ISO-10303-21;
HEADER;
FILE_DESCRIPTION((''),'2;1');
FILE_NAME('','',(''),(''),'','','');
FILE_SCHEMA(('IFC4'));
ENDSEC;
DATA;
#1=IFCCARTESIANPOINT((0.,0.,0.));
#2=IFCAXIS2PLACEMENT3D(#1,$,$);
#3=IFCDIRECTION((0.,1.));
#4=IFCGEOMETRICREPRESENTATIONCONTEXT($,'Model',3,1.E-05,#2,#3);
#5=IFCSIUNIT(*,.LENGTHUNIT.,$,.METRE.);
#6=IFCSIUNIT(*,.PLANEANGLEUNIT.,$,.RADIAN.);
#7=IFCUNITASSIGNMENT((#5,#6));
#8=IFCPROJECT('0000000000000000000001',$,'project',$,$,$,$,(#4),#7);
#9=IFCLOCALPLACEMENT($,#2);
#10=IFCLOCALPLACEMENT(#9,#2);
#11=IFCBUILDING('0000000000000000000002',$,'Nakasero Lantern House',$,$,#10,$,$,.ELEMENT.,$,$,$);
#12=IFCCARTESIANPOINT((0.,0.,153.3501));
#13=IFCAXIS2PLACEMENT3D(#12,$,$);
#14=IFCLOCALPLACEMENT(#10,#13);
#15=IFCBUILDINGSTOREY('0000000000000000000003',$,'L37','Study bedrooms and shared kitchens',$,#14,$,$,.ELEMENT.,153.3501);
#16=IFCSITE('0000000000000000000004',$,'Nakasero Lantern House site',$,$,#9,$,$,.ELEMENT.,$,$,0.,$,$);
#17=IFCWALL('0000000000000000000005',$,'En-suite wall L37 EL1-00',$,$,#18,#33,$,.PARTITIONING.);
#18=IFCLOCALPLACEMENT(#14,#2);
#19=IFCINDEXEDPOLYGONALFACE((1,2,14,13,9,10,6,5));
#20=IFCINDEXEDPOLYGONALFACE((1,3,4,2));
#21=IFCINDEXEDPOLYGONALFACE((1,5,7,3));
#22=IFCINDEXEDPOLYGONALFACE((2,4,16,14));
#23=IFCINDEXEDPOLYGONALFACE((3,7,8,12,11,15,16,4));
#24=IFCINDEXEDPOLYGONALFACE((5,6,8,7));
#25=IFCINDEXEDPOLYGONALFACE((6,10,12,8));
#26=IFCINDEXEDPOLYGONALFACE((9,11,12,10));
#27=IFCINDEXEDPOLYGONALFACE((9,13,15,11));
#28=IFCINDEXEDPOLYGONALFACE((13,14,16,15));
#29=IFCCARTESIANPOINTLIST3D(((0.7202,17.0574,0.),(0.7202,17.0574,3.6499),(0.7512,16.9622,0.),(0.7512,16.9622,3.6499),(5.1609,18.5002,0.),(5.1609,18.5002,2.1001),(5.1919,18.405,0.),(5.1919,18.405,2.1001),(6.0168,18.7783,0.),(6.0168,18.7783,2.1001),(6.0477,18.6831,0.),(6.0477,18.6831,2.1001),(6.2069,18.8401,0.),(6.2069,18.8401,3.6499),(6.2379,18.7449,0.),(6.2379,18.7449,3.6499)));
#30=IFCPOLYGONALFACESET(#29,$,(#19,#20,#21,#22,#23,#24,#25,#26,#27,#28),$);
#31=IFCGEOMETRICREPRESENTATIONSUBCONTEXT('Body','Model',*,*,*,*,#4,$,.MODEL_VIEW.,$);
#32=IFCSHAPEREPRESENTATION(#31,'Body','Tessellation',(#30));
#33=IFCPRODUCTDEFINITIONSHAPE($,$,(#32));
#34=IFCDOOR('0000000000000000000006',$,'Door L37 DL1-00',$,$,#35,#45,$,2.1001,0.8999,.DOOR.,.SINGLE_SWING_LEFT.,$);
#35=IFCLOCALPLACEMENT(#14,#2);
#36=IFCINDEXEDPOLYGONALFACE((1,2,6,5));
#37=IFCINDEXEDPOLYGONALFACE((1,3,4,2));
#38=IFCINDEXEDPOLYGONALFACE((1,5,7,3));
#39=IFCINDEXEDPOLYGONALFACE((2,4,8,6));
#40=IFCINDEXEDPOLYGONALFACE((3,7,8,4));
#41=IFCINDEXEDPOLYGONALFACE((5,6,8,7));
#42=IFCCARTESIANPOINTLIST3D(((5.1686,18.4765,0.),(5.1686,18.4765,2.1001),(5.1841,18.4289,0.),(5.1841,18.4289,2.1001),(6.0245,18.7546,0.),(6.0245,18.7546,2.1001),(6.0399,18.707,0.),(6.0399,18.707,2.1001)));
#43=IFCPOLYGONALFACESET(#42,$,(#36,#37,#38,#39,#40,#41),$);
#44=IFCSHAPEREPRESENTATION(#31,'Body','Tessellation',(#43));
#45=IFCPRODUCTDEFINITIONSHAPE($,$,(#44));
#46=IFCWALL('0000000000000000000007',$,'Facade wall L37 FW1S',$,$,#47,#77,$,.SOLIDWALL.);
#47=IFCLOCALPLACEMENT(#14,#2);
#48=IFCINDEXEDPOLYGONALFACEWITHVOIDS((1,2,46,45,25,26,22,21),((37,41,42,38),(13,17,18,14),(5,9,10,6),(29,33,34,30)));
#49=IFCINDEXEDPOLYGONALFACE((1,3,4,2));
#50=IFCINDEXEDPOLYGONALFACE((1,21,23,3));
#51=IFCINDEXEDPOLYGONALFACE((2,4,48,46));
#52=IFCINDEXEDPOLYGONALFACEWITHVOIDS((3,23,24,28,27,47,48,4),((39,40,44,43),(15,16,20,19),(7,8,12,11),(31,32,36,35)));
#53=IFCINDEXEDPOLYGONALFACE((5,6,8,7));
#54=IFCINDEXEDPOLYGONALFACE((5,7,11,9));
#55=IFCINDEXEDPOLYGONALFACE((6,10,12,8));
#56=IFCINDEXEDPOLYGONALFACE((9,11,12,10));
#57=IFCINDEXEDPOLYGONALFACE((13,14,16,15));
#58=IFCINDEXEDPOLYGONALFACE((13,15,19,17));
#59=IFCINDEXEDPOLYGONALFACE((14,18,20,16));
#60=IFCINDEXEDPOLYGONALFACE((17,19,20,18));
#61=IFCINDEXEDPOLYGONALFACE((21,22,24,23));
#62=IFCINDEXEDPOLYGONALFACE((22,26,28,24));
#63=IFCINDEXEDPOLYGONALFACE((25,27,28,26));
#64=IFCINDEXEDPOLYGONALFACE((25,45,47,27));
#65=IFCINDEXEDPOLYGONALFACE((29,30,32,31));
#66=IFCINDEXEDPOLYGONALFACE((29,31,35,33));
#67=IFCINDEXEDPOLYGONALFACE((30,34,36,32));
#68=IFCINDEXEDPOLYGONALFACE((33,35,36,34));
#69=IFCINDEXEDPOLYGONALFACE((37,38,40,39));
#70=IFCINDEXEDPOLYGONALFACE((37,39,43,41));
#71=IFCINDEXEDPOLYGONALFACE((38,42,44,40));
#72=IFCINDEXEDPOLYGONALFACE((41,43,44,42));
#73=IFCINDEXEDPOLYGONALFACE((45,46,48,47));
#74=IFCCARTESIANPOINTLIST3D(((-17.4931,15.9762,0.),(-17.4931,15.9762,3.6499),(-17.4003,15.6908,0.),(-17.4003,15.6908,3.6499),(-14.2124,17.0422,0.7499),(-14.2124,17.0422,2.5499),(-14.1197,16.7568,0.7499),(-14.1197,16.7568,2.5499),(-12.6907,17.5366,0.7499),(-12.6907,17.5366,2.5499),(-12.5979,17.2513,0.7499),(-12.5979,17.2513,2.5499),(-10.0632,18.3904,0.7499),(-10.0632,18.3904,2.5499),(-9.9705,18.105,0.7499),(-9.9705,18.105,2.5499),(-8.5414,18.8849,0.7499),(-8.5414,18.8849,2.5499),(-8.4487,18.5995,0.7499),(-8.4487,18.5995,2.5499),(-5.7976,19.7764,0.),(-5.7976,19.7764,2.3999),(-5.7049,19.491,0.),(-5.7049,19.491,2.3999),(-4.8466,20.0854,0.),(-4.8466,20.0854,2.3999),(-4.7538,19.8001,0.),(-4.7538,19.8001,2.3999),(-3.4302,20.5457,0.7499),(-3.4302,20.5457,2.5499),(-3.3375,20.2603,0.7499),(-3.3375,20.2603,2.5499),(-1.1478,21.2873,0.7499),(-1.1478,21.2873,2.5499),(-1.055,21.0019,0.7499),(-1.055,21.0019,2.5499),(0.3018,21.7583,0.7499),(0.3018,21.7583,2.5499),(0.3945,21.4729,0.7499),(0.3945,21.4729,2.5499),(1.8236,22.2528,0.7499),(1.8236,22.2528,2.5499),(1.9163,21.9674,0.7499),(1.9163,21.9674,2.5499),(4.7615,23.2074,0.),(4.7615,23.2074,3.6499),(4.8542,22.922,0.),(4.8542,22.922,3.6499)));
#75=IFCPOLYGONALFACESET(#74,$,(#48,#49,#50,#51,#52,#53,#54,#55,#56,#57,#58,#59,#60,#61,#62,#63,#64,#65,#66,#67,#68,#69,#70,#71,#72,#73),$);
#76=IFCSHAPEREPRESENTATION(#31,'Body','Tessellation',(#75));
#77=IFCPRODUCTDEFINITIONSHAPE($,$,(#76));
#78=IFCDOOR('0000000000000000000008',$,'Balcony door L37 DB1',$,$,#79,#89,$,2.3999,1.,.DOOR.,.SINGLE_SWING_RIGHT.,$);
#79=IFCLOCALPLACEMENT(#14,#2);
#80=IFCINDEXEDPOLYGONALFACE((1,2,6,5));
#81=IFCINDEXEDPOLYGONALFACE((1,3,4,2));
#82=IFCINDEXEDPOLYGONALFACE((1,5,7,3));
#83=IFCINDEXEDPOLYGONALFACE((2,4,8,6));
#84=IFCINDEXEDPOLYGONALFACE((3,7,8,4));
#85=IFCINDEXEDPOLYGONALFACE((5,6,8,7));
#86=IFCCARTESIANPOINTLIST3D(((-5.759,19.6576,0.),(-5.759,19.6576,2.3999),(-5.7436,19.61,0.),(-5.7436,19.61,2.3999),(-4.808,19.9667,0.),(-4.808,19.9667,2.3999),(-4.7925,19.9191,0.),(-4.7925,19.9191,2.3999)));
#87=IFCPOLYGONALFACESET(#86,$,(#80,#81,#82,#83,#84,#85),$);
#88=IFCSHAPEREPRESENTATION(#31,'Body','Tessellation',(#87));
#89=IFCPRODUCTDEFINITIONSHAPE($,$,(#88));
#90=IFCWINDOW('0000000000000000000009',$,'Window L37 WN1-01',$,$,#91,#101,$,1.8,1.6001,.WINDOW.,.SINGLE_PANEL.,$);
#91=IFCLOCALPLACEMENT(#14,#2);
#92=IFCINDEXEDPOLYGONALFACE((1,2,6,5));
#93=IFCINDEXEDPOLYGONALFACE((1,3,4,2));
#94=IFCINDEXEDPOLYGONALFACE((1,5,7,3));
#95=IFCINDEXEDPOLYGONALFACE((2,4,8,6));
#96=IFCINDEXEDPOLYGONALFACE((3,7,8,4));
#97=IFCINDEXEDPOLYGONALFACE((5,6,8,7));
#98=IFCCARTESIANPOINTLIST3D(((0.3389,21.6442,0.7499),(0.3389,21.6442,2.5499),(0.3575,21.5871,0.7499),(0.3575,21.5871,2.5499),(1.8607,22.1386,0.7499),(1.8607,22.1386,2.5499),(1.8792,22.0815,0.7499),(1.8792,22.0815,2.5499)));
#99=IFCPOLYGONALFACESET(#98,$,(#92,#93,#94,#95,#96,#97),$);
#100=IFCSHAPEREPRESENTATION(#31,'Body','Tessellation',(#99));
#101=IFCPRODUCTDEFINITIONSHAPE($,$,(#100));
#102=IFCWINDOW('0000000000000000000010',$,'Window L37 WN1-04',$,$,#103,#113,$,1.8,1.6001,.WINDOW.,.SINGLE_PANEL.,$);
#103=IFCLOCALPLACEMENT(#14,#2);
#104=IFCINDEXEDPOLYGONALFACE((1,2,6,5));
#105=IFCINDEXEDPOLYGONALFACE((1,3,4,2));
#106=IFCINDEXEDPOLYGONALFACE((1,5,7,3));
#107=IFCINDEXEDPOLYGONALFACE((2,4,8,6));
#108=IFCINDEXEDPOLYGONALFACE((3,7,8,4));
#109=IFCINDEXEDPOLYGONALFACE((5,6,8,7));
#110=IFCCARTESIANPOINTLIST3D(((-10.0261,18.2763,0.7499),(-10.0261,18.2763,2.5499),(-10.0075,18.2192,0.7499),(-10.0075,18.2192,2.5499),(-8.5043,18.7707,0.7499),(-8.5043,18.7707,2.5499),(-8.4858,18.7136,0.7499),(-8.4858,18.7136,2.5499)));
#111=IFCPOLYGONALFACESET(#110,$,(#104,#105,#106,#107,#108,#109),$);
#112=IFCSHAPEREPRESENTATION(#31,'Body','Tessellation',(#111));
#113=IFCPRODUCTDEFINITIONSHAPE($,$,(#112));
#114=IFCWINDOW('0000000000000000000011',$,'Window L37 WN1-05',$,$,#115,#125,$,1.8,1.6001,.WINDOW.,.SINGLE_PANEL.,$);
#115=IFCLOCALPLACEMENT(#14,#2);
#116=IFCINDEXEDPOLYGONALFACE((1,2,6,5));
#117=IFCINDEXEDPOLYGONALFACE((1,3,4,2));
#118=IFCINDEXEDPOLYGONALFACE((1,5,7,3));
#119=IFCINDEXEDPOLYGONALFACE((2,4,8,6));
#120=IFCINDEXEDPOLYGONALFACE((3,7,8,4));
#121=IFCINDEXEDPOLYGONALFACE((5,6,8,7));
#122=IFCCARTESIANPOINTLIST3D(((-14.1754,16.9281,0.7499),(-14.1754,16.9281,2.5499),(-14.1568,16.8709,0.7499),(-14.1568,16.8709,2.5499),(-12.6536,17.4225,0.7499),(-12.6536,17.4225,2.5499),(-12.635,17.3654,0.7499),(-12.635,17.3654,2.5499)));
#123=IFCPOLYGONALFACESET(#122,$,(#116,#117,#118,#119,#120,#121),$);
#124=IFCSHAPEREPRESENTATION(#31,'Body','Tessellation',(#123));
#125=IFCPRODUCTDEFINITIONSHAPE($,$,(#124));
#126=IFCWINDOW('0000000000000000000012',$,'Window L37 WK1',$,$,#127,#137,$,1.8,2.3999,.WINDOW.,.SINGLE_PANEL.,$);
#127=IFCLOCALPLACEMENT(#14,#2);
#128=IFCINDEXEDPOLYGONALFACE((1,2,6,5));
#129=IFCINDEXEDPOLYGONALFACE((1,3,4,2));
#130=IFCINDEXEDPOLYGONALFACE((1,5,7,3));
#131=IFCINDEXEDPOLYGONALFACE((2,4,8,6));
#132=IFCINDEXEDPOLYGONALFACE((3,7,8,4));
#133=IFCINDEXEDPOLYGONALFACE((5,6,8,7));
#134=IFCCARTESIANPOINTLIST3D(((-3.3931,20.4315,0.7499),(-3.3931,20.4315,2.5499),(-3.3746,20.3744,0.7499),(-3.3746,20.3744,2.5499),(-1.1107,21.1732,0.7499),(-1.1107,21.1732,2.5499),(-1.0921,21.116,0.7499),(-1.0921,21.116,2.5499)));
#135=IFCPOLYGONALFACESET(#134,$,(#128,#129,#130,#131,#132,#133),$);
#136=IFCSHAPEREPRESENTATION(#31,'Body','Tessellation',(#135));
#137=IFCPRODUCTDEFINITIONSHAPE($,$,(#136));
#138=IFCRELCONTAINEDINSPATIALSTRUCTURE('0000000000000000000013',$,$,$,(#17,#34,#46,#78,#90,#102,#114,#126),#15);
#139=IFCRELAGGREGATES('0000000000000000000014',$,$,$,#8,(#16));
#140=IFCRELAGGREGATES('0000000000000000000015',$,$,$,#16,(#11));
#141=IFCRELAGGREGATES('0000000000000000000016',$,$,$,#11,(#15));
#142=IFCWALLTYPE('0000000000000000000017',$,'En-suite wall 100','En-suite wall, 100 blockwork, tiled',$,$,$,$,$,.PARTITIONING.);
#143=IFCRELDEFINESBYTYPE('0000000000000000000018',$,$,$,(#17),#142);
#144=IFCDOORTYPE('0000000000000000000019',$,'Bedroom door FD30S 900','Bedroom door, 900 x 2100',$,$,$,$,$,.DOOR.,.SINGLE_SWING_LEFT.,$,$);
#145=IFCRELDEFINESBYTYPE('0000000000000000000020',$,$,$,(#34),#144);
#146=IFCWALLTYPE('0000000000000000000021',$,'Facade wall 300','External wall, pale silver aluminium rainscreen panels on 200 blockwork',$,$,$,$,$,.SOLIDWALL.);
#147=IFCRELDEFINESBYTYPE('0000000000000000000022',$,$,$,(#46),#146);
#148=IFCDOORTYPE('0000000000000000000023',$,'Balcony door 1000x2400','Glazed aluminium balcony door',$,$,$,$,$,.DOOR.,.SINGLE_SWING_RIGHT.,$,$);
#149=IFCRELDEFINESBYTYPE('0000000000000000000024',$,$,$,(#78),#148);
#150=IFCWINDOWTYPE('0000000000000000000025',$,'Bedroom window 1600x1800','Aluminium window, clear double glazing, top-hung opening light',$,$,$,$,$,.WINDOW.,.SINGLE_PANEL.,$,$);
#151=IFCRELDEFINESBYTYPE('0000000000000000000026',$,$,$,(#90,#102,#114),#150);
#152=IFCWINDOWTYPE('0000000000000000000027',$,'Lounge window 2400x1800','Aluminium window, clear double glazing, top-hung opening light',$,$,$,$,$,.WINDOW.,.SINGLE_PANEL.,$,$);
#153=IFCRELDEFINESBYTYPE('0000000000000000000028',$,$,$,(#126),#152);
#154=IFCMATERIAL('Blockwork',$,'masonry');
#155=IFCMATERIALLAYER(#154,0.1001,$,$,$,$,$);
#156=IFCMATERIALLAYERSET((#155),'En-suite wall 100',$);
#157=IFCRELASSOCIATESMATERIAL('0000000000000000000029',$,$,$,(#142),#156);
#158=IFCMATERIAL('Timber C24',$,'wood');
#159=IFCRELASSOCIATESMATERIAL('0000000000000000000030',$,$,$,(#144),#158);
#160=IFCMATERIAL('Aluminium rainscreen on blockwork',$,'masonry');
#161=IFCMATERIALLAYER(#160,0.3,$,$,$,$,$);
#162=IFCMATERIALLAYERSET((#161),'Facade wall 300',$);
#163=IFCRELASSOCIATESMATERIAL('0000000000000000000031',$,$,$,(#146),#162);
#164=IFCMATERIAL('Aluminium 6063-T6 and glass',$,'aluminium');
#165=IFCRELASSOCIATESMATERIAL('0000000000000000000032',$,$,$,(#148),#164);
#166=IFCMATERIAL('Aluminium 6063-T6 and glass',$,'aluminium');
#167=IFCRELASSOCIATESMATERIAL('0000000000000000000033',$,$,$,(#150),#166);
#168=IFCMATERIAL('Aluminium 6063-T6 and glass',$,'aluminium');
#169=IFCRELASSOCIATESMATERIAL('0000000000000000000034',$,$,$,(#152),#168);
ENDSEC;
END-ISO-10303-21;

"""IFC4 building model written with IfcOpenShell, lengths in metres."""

from ifc_helpers import new_model, si_unit, direction, frame, frame_2d, origin, place, context, subcontext, project, spatial, rectangle, extrude, material, layer, layer_set, type_object, element, fill, save


model = new_model("IFC4")

# Units and contexts
model_context = context("Model", 3, precision=1e-05, world=origin(), true_north=direction((0.0, 1.0)))
body_context = subcontext(model_context, "Body", "Model", "MODEL_VIEW")
ifc_project = project(units=[si_unit("LENGTHUNIT", "METRE"), si_unit("PLANEANGLEUNIT", "RADIAN")], contexts=[model_context])

# Site, building, storey
site_placement = place(None, origin())
site = spatial("IfcSite", under=ifc_project, at=site_placement, Name="Nakasero Lantern House site", CompositionType="ELEMENT", RefElevation=0.0)
building_placement = place(site_placement, origin())
building = spatial("IfcBuilding", under=site, at=building_placement, Name="Nakasero Lantern House", CompositionType="ELEMENT")
storey_placement = place(building_placement, frame((0.0, 0.0, 153.3501)))
storey = spatial("IfcBuildingStorey", under=building, at=storey_placement, Name="L37", Description="Study bedrooms and shared kitchens", CompositionType="ELEMENT", Elevation=153.3501)

# Shared definitions
ifc_material_1 = material(Name="Blockwork", Category="masonry")
ifc_layer_1 = layer(ifc_material_1, 0.1001)
ifc_layer_set_1 = layer_set([ifc_layer_1], Name="En-suite wall 100")
wall_type_1 = type_object("IfcWallType", Name="En-suite wall 100", Description="En-suite wall, 100 blockwork, tiled", PredefinedType="PARTITIONING", material=ifc_layer_set_1)

# Wall, opening, door
wall_1_placement = place(storey_placement, frame((6.2224, 18.7925, 0.0), z_axis=(0.0, 0.0, 1.0), x_axis=(-0.95106, -0.309008, 0.0)))
wall_1 = element("IfcWall", 1, at=wall_1_placement, inside=storey, type_object=wall_type_1, Name="En-suite wall L37 EL1-00", PredefinedType="PARTITIONING", context=body_context, shape_type="SweptSolid", body=[
    extrude(rectangle(XDim=5.769, YDim=0.1001, at=frame_2d((2.8845, 0.0))), origin(), (0.0, 0.0, 1.0), 3.6499),
])
opening_1_placement = place(wall_1_placement, frame((0.2, 0.0, 0.0)))
opening_1 = element("IfcOpeningElement", 2, at=opening_1_placement, cuts=wall_1, PredefinedType="OPENING", context=body_context, shape_type="SweptSolid", body=[
    extrude(rectangle(XDim=0.8999, YDim=2.1001, at=frame_2d((0.45, 1.05))), frame((0.0, 0.0701, 0.0), z_axis=(0.0, -1.0, 0.0), x_axis=(1.0, 0.0, 0.0)), (0.0, 0.0, 1.0), 0.1401),
])
ifc_material_2 = material(Name="Timber C24", Category="wood")
door_type_1 = type_object("IfcDoorType", Name="Bedroom door FD30S 900", Description="Bedroom door, 900 x 2100", OperationType="SINGLE_SWING_LEFT", PredefinedType="DOOR", material=ifc_material_2)
door_1_placement = place(opening_1_placement, origin())
door_1 = element("IfcDoor", 3, at=door_1_placement, inside=storey, type_object=door_type_1, Name="Door L37 DL1-00", OperationType="SINGLE_SWING_LEFT", OverallHeight=2.1001, OverallWidth=0.8999, PredefinedType="DOOR", context=body_context, shape_type="SweptSolid", body=[
    extrude(rectangle(XDim=0.8999, YDim=2.1001, at=frame_2d((0.45, 1.05))), frame((0.0, 0.0249, 0.0), z_axis=(0.0, -1.0, 0.0), x_axis=(1.0, 0.0, 0.0)), (0.0, 0.0, 1.0), 0.05),
])
fill(opening_1, door_1)

# Wall, openings, door, windows
ifc_material_3 = material(Name="Aluminium rainscreen on blockwork", Category="masonry")
ifc_layer_2 = layer(ifc_material_3, 0.3)
ifc_layer_set_2 = layer_set([ifc_layer_2], Name="Facade wall 300")
wall_type_2 = type_object("IfcWallType", Name="Facade wall 300", Description="External wall, pale silver aluminium rainscreen panels on 200 blockwork", PredefinedType="SOLIDWALL", material=ifc_layer_set_2)
wall_2_placement = place(storey_placement, frame((4.8079, 23.0647, 0.0), z_axis=(0.0, 0.0, 1.0), x_axis=(-0.951054, -0.309026, 0.0)))
wall_2 = element("IfcWall", 4, at=wall_2_placement, inside=storey, type_object=wall_type_2, Name="Facade wall L37 FW1S", PredefinedType="SOLIDWALL", context=body_context, shape_type="SweptSolid", body=[
    extrude(rectangle(XDim=23.3999, YDim=0.3, at=frame_2d((11.7, 0.0))), origin(), (0.0, 0.0, 1.0), 3.6499),
])
opening_2_placement = place(wall_2_placement, frame((3.0891, 0.0, 0.75)))
opening_2 = element("IfcOpeningElement", 5, at=opening_2_placement, cuts=wall_2, PredefinedType="OPENING", context=body_context, shape_type="SweptSolid", body=[
    extrude(rectangle(XDim=1.6001, YDim=1.8, at=frame_2d((0.8, 0.8999))), frame((0.0, 0.1699, 0.0), z_axis=(0.0, -1.0, 0.0), x_axis=(1.0, 0.0, 0.0)), (0.0, 0.0, 1.0), 0.3401),
])
opening_3_placement = place(wall_2_placement, frame((13.9875, 0.0, 0.75)))
opening_3 = element("IfcOpeningElement", 6, at=opening_3_placement, cuts=wall_2, PredefinedType="OPENING", context=body_context, shape_type="SweptSolid", body=[
    extrude(rectangle(XDim=1.6001, YDim=1.8, at=frame_2d((0.8, 0.8999))), frame((0.0, 0.1699, 0.0), z_axis=(0.0, -1.0, 0.0), x_axis=(1.0, 0.0, 0.0)), (0.0, 0.0, 1.0), 0.3401),
])
opening_4_placement = place(wall_2_placement, frame((18.3503, 0.0, 0.75)))
opening_4 = element("IfcOpeningElement", 7, at=opening_4_placement, cuts=wall_2, PredefinedType="OPENING", context=body_context, shape_type="SweptSolid", body=[
    extrude(rectangle(XDim=1.6001, YDim=1.8, at=frame_2d((0.8, 0.8999))), frame((0.0, 0.1699, 0.0), z_axis=(0.0, -1.0, 0.0), x_axis=(1.0, 0.0, 0.0)), (0.0, 0.0, 1.0), 0.3401),
])
opening_5_placement = place(wall_2_placement, frame((6.2134, 0.0, 0.75)))
opening_5 = element("IfcOpeningElement", 8, at=opening_5_placement, cuts=wall_2, PredefinedType="OPENING", context=body_context, shape_type="SweptSolid", body=[
    extrude(rectangle(XDim=2.3999, YDim=1.8, at=frame_2d((1.2, 0.8999))), frame((0.0, 0.1699, 0.0), z_axis=(0.0, -1.0, 0.0), x_axis=(1.0, 0.0, 0.0)), (0.0, 0.0, 1.0), 0.3401),
])
opening_6_placement = place(wall_2_placement, frame((10.1025, 0.0, 0.0)))
opening_6 = element("IfcOpeningElement", 9, at=opening_6_placement, cuts=wall_2, PredefinedType="OPENING", context=body_context, shape_type="SweptSolid", body=[
    extrude(rectangle(XDim=1.0, YDim=2.3999, at=frame_2d((0.5, 1.2))), frame((0.0, 0.1699, 0.0), z_axis=(0.0, -1.0, 0.0), x_axis=(1.0, 0.0, 0.0)), (0.0, 0.0, 1.0), 0.3401),
])
ifc_material_4 = material(Name="Aluminium 6063-T6 and glass", Category="aluminium")
door_type_2 = type_object("IfcDoorType", Name="Balcony door 1000x2400", Description="Glazed aluminium balcony door", OperationType="SINGLE_SWING_RIGHT", PredefinedType="DOOR", material=ifc_material_4)
door_2_placement = place(opening_6_placement, origin())
door_2 = element("IfcDoor", 10, at=door_2_placement, inside=storey, type_object=door_type_2, Name="Balcony door L37 DB1", OperationType="SINGLE_SWING_RIGHT", OverallHeight=2.3999, OverallWidth=1.0, PredefinedType="DOOR", context=body_context, shape_type="SweptSolid", body=[
    extrude(rectangle(XDim=1.0, YDim=2.3999, at=frame_2d((0.5, 1.2))), frame((0.0, 0.0249, 0.0), z_axis=(0.0, -1.0, 0.0), x_axis=(1.0, 0.0, 0.0)), (0.0, 0.0, 1.0), 0.05),
])
fill(opening_6, door_2)
ifc_material_5 = material(Name="Aluminium 6063-T6 and glass", Category="aluminium")
window_type_1 = type_object("IfcWindowType", Name="Bedroom window 1600x1800", Description="Aluminium window, clear double glazing, top-hung opening light", PartitioningType="SINGLE_PANEL", PredefinedType="WINDOW", material=ifc_material_5)
window_1_placement = place(opening_2_placement, origin())
window_1 = element("IfcWindow", 11, at=window_1_placement, inside=storey, type_object=window_type_1, Name="Window L37 WN1-01", OverallHeight=1.8, OverallWidth=1.6001, PartitioningType="SINGLE_PANEL", PredefinedType="WINDOW", context=body_context, shape_type="SweptSolid", body=[
    extrude(rectangle(XDim=1.6001, YDim=1.8, at=frame_2d((0.8, 0.8999))), frame((0.0, 0.03, 0.0), z_axis=(0.0, -1.0, 0.0), x_axis=(1.0, 0.0, 0.0)), (0.0, 0.0, 1.0), 0.0601),
])
fill(opening_2, window_1)
window_2_placement = place(opening_3_placement, origin())
window_2 = element("IfcWindow", 12, at=window_2_placement, inside=storey, type_object=window_type_1, Name="Window L37 WN1-04", OverallHeight=1.8, OverallWidth=1.6001, PartitioningType="SINGLE_PANEL", PredefinedType="WINDOW", context=body_context, shape_type="SweptSolid", body=[
    extrude(rectangle(XDim=1.6001, YDim=1.8, at=frame_2d((0.8, 0.8999))), frame((0.0, 0.03, 0.0), z_axis=(0.0, -1.0, 0.0), x_axis=(1.0, 0.0, 0.0)), (0.0, 0.0, 1.0), 0.0601),
])
fill(opening_3, window_2)
window_3_placement = place(opening_4_placement, origin())
window_3 = element("IfcWindow", 13, at=window_3_placement, inside=storey, type_object=window_type_1, Name="Window L37 WN1-05", OverallHeight=1.8, OverallWidth=1.6001, PartitioningType="SINGLE_PANEL", PredefinedType="WINDOW", context=body_context, shape_type="SweptSolid", body=[
    extrude(rectangle(XDim=1.6001, YDim=1.8, at=frame_2d((0.8, 0.8999))), frame((0.0, 0.03, 0.0), z_axis=(0.0, -1.0, 0.0), x_axis=(1.0, 0.0, 0.0)), (0.0, 0.0, 1.0), 0.0601),
])
fill(opening_4, window_3)
ifc_material_6 = material(Name="Aluminium 6063-T6 and glass", Category="aluminium")
window_type_2 = type_object("IfcWindowType", Name="Lounge window 2400x1800", Description="Aluminium window, clear double glazing, top-hung opening light", PartitioningType="SINGLE_PANEL", PredefinedType="WINDOW", material=ifc_material_6)
window_4_placement = place(opening_5_placement, origin())
window_4 = element("IfcWindow", 14, at=window_4_placement, inside=storey, type_object=window_type_2, Name="Window L37 WK1", OverallHeight=1.8, OverallWidth=2.3999, PartitioningType="SINGLE_PANEL", PredefinedType="WINDOW", context=body_context, shape_type="SweptSolid", body=[
    extrude(rectangle(XDim=2.3999, YDim=1.8, at=frame_2d((1.2, 0.8999))), frame((0.0, 0.03, 0.0), z_axis=(0.0, -1.0, 0.0), x_axis=(1.0, 0.0, 0.0)), (0.0, 0.0, 1.0), 0.0601),
])
fill(opening_5, window_4)

save(model, "model.ifc")
